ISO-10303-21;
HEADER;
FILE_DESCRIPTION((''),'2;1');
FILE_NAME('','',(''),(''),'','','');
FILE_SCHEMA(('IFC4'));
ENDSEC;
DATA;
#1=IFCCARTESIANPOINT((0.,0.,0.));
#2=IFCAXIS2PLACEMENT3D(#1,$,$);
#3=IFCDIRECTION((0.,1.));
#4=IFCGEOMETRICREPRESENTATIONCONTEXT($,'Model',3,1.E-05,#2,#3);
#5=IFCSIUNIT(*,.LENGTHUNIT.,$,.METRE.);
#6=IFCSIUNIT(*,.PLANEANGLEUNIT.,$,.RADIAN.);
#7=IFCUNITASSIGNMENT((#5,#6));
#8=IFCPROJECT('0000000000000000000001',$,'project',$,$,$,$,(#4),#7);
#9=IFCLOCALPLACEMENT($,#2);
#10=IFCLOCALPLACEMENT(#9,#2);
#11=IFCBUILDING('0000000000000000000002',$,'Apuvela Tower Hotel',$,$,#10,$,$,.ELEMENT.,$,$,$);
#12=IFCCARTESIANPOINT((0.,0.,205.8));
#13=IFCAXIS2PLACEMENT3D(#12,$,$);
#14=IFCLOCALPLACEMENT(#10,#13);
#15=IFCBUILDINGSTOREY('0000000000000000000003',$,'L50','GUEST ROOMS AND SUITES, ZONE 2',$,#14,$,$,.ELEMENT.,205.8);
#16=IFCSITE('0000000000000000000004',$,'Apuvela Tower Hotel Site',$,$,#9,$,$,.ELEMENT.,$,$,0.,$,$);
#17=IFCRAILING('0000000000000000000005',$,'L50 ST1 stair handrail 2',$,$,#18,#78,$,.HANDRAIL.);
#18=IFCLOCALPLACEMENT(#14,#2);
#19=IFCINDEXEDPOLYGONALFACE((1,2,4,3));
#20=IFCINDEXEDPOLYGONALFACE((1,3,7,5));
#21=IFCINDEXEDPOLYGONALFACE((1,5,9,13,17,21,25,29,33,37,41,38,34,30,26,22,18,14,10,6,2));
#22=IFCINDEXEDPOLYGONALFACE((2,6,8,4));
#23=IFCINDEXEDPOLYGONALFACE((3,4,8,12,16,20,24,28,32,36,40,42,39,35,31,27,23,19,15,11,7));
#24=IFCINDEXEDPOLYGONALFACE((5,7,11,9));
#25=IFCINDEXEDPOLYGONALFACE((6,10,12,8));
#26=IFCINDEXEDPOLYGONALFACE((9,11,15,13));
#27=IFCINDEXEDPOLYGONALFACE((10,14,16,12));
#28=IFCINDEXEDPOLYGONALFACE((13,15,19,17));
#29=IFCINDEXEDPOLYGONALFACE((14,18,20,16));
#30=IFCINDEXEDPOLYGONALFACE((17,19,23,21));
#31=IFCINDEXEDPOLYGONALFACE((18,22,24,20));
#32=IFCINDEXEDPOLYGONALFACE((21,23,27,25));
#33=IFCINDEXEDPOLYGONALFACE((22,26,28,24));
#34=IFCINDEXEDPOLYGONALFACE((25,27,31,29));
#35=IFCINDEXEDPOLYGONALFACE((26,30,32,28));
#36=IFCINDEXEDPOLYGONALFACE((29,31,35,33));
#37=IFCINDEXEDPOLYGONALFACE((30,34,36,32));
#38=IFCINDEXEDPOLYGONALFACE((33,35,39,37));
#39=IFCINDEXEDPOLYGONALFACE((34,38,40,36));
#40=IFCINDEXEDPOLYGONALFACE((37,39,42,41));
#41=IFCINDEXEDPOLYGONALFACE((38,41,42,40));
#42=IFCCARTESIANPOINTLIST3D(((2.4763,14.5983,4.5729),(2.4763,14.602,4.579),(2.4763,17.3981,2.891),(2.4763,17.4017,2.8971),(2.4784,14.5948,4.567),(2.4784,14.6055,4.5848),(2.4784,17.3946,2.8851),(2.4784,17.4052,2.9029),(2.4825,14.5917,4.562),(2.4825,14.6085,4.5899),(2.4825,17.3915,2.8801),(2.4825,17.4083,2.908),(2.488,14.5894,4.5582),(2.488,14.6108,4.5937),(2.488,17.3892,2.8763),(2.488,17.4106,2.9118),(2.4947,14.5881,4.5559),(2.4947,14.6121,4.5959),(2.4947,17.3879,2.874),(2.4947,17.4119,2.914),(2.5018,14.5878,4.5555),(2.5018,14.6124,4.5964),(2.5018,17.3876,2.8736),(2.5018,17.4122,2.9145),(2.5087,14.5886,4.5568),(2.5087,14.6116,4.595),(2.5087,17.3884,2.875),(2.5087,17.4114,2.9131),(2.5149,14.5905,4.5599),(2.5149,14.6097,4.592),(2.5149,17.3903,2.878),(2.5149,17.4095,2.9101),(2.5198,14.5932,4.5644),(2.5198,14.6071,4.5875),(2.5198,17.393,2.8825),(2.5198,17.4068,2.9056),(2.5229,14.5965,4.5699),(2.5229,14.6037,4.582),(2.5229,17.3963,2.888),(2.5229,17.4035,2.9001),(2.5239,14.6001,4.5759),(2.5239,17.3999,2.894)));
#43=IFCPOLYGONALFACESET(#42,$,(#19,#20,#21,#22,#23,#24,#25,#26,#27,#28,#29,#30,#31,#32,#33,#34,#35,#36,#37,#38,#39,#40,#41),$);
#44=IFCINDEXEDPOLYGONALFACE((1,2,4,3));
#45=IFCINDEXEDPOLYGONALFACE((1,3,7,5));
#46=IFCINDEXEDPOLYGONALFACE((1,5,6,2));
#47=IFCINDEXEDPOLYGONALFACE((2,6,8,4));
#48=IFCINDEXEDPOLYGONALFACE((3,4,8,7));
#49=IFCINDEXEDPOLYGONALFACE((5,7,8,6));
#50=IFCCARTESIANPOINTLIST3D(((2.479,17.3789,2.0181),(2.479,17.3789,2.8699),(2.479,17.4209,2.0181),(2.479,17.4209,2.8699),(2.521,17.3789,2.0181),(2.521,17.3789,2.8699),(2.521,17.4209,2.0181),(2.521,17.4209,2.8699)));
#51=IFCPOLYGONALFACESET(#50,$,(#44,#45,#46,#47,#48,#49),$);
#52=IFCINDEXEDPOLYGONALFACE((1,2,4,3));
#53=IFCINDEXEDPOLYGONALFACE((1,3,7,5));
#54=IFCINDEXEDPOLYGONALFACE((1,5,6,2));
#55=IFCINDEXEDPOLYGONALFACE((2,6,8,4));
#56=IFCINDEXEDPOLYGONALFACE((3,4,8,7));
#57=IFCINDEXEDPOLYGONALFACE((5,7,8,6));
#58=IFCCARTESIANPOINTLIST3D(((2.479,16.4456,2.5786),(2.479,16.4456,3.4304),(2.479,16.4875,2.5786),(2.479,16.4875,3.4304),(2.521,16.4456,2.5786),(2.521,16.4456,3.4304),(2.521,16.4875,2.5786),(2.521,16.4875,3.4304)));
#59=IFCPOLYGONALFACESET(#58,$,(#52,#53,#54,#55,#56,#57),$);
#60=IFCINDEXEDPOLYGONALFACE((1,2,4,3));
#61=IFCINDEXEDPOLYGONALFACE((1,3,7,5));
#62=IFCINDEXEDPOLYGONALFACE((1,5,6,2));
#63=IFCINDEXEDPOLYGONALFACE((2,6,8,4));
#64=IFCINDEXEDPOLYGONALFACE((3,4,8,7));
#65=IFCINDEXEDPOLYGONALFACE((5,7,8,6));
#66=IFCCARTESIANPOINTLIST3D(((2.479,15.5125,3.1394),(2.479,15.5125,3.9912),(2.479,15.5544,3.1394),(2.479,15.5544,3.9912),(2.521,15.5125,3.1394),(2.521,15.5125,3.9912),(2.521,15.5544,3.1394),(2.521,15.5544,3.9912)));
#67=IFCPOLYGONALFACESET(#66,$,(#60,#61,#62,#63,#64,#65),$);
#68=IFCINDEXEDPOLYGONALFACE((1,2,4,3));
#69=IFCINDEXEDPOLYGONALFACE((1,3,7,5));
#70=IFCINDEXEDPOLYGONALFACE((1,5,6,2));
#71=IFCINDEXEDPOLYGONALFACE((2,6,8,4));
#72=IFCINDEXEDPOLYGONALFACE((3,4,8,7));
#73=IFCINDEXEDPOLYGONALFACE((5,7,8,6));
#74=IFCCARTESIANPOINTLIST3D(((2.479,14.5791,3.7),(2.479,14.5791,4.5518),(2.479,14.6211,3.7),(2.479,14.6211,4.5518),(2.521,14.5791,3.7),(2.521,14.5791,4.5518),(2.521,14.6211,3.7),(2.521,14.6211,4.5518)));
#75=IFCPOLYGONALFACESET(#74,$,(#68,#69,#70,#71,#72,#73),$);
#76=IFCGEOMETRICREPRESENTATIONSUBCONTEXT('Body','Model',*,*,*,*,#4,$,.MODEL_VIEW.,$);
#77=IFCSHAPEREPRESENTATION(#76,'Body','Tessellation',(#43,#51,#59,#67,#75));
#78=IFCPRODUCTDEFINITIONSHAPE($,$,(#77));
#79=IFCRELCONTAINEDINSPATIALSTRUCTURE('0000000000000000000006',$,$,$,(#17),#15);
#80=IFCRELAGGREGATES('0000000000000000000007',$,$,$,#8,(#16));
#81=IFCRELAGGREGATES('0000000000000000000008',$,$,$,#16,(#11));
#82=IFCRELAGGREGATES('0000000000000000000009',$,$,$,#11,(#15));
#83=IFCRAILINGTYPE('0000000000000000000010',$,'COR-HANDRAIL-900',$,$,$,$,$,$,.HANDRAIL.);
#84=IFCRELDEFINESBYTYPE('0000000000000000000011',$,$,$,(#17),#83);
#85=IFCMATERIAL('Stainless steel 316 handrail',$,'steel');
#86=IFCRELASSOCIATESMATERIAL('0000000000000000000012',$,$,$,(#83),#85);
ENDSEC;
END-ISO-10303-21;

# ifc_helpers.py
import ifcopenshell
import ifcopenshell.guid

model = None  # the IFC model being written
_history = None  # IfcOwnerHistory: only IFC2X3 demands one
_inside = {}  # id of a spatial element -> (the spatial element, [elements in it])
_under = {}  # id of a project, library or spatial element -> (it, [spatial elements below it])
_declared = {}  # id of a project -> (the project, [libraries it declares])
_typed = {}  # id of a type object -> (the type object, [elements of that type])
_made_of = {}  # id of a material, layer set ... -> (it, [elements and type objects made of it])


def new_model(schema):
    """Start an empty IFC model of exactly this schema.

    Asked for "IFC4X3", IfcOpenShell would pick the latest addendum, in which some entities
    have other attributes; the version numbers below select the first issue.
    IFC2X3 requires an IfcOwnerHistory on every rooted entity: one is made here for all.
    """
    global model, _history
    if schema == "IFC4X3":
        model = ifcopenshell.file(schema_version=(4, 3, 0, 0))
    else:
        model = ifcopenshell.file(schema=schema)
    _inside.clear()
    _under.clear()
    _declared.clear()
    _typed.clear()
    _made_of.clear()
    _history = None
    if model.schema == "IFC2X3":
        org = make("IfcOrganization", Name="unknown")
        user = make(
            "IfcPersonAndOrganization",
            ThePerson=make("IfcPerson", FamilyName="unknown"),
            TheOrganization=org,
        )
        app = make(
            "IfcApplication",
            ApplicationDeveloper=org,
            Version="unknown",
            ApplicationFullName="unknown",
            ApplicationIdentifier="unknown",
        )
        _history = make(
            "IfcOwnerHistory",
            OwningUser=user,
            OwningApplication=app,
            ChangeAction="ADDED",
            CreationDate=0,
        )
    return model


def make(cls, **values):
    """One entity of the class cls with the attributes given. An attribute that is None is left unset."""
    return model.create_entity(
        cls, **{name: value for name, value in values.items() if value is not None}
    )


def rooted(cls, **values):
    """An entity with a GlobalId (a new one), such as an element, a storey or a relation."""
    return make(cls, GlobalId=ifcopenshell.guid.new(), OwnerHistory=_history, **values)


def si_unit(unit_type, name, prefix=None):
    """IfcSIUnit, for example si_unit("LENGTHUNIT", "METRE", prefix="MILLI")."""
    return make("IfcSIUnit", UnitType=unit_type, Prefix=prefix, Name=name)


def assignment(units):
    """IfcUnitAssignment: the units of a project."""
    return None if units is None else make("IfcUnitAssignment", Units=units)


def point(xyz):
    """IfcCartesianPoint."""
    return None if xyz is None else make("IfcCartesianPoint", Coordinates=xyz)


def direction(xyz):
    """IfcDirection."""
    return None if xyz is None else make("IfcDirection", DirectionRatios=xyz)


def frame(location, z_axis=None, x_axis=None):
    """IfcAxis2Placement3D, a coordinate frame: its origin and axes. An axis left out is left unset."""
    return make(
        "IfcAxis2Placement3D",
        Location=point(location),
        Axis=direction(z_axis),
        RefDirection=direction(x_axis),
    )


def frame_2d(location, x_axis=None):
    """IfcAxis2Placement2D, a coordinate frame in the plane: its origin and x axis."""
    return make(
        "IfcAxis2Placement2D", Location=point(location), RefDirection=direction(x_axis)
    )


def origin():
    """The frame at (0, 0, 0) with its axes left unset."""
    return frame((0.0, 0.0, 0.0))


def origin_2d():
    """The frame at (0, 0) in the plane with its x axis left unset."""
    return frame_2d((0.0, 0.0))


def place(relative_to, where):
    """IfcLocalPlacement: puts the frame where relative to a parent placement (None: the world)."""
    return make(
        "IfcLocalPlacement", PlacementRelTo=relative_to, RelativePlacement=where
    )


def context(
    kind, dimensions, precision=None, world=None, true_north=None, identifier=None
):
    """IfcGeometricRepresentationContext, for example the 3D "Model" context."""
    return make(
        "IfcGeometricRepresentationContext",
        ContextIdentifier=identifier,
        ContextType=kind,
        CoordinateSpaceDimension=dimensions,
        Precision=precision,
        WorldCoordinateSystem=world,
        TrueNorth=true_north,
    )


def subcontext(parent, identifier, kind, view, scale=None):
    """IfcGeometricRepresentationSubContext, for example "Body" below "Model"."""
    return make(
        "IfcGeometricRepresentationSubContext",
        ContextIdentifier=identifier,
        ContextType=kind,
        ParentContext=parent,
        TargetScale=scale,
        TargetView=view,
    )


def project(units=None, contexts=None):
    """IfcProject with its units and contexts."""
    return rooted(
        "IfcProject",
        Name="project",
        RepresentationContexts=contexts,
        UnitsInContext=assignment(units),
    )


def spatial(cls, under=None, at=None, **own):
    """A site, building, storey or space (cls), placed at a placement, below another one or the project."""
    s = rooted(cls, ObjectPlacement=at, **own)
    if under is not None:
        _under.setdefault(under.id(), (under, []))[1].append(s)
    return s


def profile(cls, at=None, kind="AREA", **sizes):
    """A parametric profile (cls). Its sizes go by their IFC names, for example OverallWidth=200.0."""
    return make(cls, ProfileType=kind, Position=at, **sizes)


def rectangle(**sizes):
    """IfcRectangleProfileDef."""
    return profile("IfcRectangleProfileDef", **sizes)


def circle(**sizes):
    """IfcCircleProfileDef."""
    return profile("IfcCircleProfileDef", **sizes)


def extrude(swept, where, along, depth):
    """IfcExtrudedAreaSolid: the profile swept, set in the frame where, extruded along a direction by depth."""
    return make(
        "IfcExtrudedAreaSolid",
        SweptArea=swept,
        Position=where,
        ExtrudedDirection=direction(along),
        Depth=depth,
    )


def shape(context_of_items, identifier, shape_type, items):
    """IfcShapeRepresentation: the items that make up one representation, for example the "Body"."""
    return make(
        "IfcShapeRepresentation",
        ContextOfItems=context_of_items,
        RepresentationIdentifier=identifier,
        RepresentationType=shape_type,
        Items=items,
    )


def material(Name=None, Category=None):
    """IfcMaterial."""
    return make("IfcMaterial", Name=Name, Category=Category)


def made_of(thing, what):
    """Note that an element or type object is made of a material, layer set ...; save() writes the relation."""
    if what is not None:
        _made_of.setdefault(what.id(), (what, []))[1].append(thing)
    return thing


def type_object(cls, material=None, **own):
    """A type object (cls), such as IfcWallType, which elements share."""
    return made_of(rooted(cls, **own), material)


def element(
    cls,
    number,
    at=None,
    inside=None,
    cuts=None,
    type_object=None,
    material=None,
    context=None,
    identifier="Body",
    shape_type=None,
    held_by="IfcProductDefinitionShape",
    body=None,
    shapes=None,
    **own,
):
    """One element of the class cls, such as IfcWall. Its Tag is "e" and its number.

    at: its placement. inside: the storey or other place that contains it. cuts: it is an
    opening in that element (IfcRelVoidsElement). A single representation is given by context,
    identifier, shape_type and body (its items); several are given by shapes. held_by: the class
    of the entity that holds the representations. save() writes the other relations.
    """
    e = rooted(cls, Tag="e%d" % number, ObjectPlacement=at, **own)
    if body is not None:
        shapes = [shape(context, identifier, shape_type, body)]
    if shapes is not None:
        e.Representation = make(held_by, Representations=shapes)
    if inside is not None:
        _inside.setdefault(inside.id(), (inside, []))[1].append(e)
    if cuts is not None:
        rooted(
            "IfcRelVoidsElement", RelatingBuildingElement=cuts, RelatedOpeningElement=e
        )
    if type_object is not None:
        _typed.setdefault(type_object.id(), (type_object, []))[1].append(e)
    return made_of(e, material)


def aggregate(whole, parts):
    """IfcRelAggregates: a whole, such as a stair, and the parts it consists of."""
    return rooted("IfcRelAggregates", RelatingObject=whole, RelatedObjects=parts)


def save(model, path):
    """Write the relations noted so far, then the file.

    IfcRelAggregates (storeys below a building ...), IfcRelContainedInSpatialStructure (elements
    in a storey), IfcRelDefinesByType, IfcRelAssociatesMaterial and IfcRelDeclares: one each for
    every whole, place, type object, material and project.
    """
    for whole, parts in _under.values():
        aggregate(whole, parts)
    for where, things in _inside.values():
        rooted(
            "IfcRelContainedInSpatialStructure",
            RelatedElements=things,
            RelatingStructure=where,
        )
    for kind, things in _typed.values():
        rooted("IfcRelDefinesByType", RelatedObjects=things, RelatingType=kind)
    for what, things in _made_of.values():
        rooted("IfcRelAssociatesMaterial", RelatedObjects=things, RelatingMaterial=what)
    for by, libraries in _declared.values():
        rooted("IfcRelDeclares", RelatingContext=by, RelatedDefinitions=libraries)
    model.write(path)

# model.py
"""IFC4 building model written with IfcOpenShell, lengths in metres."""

from ifc_helpers import new_model, si_unit, direction, frame, origin, origin_2d, place, context, subcontext, project, spatial, rectangle, circle, extrude, material, type_object, element, save


model = new_model("IFC4")

# Units and contexts
model_context = context("Model", 3, precision=1e-05, world=origin(), true_north=direction((0.0, 1.0)))
body_context = subcontext(model_context, "Body", "Model", "MODEL_VIEW")
ifc_project = project(units=[si_unit("LENGTHUNIT", "METRE"), si_unit("PLANEANGLEUNIT", "RADIAN")], contexts=[model_context])

# Site, building, storey
site_placement = place(None, origin())
site = spatial("IfcSite", under=ifc_project, at=site_placement, Name="Apuvela Tower Hotel Site", CompositionType="ELEMENT", RefElevation=0.0)
building_placement = place(site_placement, origin())
building = spatial("IfcBuilding", under=site, at=building_placement, Name="Apuvela Tower Hotel", CompositionType="ELEMENT")
storey_placement = place(building_placement, frame((0.0, 0.0, 205.8)))
storey = spatial("IfcBuildingStorey", under=building, at=storey_placement, Name="L50", Description="GUEST ROOMS AND SUITES, ZONE 2", CompositionType="ELEMENT", Elevation=205.8)

# Railing
ifc_material_1 = material(Name="Stainless steel 316 handrail", Category="steel")
railing_type_1 = type_object("IfcRailingType", Name="COR-HANDRAIL-900", PredefinedType="HANDRAIL", material=ifc_material_1)
railing_1_placement = place(storey_placement, frame((2.5, 17.3999, 2.0181)))
element("IfcRailing", 1, at=railing_1_placement, inside=storey, type_object=railing_type_1, Name="L50 ST1 stair handrail 2", PredefinedType="HANDRAIL", context=body_context, shape_type="SweptSolid", body=[
    extrude(circle(Radius=0.0239, at=origin_2d()), frame((0.0, 0.0, 0.876), z_axis=(0.0, -0.857222, 0.514946), x_axis=(1.0, 0.0, 0.0)), (0.0, 0.0, 1.0), 3.2661),
    extrude(rectangle(XDim=0.042, YDim=0.042, at=origin_2d()), origin(), (0.0, 0.0, 1.0), 0.8518),
    extrude(rectangle(XDim=0.042, YDim=0.042, at=origin_2d()), frame((0.0, -0.9333, 0.5605)), (0.0, 0.0, 1.0), 0.8518),
    extrude(rectangle(XDim=0.042, YDim=0.042, at=origin_2d()), frame((0.0, -1.8665, 1.1213)), (0.0, 0.0, 1.0), 0.8518),
    extrude(rectangle(XDim=0.042, YDim=0.042, at=origin_2d()), frame((0.0, -2.7998, 1.6819)), (0.0, 0.0, 1.0), 0.8518),
])

save(model, "model.ifc")
